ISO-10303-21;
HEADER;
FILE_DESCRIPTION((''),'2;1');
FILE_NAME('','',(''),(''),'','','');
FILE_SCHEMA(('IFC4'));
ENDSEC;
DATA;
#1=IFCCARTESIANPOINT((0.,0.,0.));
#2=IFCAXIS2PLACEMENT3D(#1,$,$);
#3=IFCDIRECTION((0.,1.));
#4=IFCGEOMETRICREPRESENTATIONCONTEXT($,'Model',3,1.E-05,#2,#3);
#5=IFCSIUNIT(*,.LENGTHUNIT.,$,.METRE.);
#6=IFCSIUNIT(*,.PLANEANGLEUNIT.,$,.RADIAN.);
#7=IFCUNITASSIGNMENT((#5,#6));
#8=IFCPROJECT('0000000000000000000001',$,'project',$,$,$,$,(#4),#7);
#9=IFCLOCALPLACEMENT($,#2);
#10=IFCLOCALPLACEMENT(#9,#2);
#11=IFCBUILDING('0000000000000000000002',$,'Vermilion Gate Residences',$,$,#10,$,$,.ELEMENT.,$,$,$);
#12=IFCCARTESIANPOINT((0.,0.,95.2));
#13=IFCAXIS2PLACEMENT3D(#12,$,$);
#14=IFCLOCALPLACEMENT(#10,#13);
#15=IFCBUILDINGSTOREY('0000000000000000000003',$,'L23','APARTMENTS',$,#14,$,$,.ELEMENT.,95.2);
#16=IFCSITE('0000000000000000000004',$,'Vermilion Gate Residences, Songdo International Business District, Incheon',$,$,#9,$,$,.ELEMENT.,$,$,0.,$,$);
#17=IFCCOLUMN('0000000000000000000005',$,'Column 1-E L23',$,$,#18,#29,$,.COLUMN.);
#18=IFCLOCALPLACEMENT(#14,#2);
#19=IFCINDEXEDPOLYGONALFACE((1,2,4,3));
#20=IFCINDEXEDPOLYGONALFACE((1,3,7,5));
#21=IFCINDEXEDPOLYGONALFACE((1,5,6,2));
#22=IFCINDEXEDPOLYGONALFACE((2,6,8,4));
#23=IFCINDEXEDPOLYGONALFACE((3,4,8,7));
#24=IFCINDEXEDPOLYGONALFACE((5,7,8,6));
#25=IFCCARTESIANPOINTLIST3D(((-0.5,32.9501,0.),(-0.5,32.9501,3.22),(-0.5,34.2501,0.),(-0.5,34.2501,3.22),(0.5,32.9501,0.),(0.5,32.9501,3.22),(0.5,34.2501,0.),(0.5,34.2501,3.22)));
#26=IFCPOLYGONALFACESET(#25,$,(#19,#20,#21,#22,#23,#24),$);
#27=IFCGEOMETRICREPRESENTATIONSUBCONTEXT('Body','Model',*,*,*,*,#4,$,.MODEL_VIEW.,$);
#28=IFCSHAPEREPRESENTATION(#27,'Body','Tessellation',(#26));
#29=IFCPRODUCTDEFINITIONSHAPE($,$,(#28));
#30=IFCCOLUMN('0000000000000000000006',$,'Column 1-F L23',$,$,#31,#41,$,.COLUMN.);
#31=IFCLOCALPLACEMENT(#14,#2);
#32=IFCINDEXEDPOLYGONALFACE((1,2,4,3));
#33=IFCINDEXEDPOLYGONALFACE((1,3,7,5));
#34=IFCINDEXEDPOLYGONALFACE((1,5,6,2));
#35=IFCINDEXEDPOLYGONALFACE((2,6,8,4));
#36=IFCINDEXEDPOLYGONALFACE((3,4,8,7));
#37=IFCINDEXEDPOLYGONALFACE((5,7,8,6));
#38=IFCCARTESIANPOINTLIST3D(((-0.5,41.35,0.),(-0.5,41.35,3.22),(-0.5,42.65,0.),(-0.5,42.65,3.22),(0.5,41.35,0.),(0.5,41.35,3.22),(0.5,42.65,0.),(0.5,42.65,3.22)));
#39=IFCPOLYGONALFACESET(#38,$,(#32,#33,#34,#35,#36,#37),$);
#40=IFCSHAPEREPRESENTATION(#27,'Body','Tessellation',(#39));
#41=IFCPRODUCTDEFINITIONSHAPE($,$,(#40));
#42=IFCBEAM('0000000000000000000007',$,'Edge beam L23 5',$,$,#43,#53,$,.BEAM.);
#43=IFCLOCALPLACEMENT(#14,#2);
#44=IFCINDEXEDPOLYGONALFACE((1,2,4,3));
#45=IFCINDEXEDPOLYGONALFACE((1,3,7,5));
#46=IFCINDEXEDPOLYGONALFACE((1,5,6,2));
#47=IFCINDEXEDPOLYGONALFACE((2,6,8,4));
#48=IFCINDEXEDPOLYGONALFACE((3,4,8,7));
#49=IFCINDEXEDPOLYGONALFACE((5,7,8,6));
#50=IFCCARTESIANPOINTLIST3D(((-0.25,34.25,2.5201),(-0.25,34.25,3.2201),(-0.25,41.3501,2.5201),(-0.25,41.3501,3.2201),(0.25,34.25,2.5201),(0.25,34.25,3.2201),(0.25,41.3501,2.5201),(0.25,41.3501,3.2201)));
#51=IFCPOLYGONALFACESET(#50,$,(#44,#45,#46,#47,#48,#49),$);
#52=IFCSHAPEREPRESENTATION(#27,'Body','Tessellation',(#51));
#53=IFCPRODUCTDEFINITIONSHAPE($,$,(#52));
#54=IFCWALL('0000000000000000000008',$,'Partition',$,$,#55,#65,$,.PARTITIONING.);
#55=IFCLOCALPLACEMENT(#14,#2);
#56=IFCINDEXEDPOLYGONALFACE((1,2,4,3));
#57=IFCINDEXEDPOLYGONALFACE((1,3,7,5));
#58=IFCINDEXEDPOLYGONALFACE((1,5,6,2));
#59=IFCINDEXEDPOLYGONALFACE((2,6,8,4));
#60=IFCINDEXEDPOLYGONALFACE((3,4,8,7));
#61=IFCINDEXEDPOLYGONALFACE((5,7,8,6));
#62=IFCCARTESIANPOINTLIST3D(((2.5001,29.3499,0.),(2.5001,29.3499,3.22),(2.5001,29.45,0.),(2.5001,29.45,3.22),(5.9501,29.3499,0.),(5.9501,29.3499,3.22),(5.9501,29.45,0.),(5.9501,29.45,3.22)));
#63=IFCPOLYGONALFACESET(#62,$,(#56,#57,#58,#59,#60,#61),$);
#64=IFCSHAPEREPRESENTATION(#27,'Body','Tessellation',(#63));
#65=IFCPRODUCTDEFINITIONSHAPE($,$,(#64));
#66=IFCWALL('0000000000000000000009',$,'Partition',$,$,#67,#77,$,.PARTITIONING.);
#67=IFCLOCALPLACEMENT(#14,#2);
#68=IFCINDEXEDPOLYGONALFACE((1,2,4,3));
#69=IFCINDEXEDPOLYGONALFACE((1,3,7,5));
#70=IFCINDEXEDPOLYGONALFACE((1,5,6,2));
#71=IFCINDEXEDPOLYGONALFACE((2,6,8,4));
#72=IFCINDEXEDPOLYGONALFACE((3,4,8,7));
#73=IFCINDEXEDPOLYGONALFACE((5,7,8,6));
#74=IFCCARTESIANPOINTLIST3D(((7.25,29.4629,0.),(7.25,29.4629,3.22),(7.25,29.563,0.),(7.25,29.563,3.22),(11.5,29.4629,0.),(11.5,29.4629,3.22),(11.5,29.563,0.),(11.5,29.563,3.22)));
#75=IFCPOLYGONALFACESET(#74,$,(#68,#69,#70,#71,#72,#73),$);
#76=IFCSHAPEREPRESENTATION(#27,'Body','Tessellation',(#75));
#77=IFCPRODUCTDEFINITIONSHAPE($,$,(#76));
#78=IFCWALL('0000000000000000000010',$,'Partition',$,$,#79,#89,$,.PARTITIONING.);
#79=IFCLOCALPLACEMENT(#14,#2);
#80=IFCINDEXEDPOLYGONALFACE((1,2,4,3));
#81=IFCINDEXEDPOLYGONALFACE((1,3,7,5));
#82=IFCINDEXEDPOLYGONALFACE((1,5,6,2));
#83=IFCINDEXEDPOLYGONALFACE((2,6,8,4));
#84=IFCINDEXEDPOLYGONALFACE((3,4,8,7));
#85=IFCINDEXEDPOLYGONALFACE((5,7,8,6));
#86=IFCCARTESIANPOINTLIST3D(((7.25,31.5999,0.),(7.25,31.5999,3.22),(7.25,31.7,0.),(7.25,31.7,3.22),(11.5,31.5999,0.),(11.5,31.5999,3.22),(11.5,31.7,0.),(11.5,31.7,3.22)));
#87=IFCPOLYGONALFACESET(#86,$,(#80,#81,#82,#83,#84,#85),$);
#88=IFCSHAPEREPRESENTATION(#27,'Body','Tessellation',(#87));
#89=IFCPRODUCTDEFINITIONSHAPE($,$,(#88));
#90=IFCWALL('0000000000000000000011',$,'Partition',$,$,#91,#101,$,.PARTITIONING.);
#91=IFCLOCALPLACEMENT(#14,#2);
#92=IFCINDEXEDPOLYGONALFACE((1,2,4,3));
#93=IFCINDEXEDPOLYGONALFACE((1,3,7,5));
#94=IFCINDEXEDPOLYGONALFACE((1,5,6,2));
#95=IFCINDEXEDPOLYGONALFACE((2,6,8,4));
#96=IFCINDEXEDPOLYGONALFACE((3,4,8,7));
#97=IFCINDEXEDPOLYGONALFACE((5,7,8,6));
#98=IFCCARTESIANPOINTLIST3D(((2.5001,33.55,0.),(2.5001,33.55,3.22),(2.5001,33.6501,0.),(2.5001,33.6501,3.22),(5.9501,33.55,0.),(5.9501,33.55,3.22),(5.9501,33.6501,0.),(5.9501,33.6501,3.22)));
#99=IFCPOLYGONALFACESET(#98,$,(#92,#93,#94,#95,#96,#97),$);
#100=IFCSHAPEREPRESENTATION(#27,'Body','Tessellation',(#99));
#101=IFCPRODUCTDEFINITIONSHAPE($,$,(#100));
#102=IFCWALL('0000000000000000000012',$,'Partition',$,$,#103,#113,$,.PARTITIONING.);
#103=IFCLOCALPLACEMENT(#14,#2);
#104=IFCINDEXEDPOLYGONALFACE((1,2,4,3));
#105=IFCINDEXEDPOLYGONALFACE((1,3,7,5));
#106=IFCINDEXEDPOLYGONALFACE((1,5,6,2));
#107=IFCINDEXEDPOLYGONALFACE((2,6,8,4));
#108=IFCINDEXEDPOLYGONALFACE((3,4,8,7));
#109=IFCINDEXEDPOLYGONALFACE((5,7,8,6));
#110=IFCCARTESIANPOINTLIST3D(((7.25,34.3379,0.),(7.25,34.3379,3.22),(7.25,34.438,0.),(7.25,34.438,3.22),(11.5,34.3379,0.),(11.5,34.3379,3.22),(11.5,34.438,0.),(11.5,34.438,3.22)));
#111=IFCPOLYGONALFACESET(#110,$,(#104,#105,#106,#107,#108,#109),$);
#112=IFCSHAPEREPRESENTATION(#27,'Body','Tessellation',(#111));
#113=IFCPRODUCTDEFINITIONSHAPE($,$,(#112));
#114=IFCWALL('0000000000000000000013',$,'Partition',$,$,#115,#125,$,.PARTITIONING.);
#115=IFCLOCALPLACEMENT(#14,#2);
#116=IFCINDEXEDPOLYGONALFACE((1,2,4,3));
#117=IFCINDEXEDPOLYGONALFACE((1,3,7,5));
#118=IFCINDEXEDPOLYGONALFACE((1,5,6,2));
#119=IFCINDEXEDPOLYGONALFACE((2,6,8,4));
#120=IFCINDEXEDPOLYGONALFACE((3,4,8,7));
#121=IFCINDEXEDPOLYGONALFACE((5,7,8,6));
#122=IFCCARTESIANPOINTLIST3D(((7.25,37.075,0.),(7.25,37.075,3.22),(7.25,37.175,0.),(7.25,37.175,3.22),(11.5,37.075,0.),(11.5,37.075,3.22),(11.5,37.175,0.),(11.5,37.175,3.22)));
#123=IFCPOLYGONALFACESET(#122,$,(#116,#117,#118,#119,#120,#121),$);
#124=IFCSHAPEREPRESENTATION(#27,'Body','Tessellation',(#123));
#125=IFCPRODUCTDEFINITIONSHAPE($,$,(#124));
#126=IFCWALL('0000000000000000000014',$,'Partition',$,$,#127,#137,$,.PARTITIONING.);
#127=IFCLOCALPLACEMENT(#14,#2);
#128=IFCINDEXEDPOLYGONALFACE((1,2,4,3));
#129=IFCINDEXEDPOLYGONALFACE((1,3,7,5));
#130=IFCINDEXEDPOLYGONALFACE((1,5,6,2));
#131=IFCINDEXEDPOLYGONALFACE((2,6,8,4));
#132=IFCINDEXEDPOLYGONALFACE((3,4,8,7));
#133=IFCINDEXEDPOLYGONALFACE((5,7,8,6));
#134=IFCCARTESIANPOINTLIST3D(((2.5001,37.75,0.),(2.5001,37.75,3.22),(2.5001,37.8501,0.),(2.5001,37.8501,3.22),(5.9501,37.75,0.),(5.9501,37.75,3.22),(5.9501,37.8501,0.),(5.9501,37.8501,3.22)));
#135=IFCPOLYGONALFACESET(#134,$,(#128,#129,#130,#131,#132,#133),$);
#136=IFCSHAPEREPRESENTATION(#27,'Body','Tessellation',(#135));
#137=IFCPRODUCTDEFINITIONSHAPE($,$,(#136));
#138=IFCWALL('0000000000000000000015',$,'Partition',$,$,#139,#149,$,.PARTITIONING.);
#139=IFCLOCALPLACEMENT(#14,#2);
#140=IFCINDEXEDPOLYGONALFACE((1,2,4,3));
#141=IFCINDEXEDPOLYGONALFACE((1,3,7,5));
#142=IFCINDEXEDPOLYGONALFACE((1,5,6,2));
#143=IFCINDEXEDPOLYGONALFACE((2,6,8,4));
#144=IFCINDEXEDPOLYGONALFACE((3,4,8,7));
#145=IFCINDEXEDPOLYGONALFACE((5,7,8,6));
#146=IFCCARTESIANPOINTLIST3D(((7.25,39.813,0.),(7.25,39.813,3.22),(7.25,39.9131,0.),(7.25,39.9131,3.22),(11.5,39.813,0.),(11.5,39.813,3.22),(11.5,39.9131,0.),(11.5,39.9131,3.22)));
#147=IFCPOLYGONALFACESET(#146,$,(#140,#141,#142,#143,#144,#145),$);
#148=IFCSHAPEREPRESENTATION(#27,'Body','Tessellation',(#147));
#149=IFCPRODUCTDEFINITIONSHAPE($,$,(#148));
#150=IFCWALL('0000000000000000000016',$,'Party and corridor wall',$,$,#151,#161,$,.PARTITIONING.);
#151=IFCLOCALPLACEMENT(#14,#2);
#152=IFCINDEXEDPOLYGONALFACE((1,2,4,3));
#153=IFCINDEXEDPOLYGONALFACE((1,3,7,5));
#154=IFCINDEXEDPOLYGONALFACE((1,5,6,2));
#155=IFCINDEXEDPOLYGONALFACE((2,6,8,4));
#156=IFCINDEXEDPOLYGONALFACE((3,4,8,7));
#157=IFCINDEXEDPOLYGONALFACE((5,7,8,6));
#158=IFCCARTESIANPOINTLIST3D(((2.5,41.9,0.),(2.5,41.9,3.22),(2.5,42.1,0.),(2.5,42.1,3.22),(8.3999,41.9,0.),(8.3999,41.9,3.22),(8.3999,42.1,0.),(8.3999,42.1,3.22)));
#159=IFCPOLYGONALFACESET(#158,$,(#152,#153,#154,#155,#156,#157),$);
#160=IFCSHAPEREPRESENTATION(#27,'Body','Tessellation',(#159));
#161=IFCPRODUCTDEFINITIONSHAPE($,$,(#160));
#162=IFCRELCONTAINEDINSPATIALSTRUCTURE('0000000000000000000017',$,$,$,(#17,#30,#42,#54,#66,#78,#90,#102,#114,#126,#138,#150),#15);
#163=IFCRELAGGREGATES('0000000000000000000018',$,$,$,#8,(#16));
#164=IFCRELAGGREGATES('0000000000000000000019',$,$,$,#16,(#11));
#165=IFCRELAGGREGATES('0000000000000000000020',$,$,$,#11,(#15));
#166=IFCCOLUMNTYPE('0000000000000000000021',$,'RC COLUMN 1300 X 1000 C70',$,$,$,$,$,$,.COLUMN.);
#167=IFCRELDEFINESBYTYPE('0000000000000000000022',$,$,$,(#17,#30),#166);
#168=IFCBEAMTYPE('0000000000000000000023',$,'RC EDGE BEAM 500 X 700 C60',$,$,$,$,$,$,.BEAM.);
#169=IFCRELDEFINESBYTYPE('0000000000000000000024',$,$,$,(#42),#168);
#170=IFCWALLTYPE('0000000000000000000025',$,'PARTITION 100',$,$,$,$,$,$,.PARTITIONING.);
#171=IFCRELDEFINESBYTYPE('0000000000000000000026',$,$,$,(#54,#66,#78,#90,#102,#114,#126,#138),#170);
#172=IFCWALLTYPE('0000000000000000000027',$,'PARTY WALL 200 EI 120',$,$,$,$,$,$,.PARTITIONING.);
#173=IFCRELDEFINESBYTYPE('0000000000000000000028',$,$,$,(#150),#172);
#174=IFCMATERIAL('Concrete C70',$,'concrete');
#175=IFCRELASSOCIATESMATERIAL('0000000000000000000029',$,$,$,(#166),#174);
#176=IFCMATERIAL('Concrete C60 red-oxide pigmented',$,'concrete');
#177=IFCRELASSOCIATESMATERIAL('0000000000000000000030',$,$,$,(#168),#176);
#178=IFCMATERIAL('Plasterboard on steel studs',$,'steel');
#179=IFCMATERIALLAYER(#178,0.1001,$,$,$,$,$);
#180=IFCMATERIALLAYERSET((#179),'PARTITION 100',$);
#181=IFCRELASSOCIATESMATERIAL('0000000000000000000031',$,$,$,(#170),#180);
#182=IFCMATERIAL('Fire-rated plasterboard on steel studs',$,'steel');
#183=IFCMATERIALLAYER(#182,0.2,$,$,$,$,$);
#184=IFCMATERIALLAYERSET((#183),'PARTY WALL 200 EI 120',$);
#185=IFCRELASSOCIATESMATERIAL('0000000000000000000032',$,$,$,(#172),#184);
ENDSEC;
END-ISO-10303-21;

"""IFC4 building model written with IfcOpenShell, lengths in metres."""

from ifc_helpers import new_model, si_unit, direction, frame, frame_2d, origin, origin_2d, place, context, subcontext, project, spatial, rectangle, extrude, material, layer, layer_set, material_profile, profile_set, type_object, element, save


model = new_model("IFC4")

# Units and contexts
model_context = context("Model", 3, precision=1e-05, world=origin(), true_north=direction((0.0, 1.0)))
body_context = subcontext(model_context, "Body", "Model", "MODEL_VIEW")
ifc_project = project(units=[si_unit("LENGTHUNIT", "METRE"), si_unit("PLANEANGLEUNIT", "RADIAN")], contexts=[model_context])

# Site, building, storey
site_placement = place(None, origin())
site = spatial("IfcSite", under=ifc_project, at=site_placement, Name="Vermilion Gate Residences, Songdo International Business District, Incheon", CompositionType="ELEMENT", RefElevation=0.0)
building_placement = place(site_placement, origin())
building = spatial("IfcBuilding", under=site, at=building_placement, Name="Vermilion Gate Residences", CompositionType="ELEMENT")
storey_placement = place(building_placement, frame((0.0, 0.0, 95.2)))
storey = spatial("IfcBuildingStorey", under=building, at=storey_placement, Name="L23", Description="APARTMENTS", CompositionType="ELEMENT", Elevation=95.2)

# Columns
ifc_material_1 = material(Name="Concrete C70", Category="concrete")
ifc_material_profile_1 = material_profile(ifc_material_1, rectangle(XDim=1.3, YDim=1.0, at=origin_2d()), Name="RC-1300x1000")
ifc_profile_set_1 = profile_set([ifc_material_profile_1], Name="Concrete C70")
column_type = type_object("IfcColumnType", Name="RC COLUMN 1300 X 1000 C70", PredefinedType="COLUMN", material=ifc_profile_set_1)
for number, where, z_axis, x_axis, name in (
    (1, (0.0, 33.6001, 0.0), (0.0, 0.0, 1.0), (0.0, 1.0, 0.0), "Column 1-E L23"),
    (2, (0.0, 42.0, 0.0), (0.0, 0.0, 1.0), (0.0, 1.0, 0.0), "Column 1-F L23"),
):
    element("IfcColumn", number, at=place(storey_placement, frame(where, z_axis=z_axis, x_axis=x_axis)), inside=storey, type_object=column_type, Name=name, PredefinedType="COLUMN", context=body_context, shape_type="SweptSolid", body=[
        extrude(rectangle(XDim=1.3, YDim=1.0, at=origin_2d()), origin(), (0.0, 0.0, 1.0), 3.22),
    ])

# Beam
ifc_material_2 = material(Name="Concrete C60 red-oxide pigmented", Category="concrete")
ifc_material_profile_2 = material_profile(ifc_material_2, rectangle(XDim=0.5, YDim=0.7, at=origin_2d()), Name="RC-500x700")
ifc_profile_set_2 = profile_set([ifc_material_profile_2], Name="Concrete C60 red-oxide pigmented")
beam_type = type_object("IfcBeamType", Name="RC EDGE BEAM 500 X 700 C60", PredefinedType="BEAM", material=ifc_profile_set_2)
beam_placement = place(storey_placement, frame((0.0, 34.25, 2.8701), z_axis=(0.0, 1.0, 0.0), x_axis=(-1.0, 0.0, 0.0)))
element("IfcBeam", 3, at=beam_placement, inside=storey, type_object=beam_type, Name="Edge beam L23 5", PredefinedType="BEAM", context=body_context, shape_type="SweptSolid", body=[
    extrude(rectangle(XDim=0.5, YDim=0.7, at=origin_2d()), origin(), (0.0, 0.0, 1.0), 7.1001),
])

# Walls
ifc_material_3 = material(Name="Plasterboard on steel studs", Category="steel")
ifc_layer_1 = layer(ifc_material_3, 0.1001)
ifc_layer_set_1 = layer_set([ifc_layer_1], Name="PARTITION 100")
wall_type_1 = type_object("IfcWallType", Name="PARTITION 100", PredefinedType="PARTITIONING", material=ifc_layer_set_1)
wall_1_placement = place(storey_placement, frame((2.5, 29.3999, 0.0), z_axis=(0.0, 0.0, 1.0), x_axis=(1.0, 0.0, 0.0)))
element("IfcWall", 4, at=wall_1_placement, inside=storey, type_object=wall_type_1, Name="Partition", PredefinedType="PARTITIONING", context=body_context, shape_type="SweptSolid", body=[
    extrude(rectangle(XDim=3.45, YDim=0.1001, at=frame_2d((1.7251, 0.0))), origin(), (0.0, 0.0, 1.0), 3.22),
])
for number, where, z_axis, x_axis, name in (
    (5, (7.25, 29.5129, 0.0), (0.0, 0.0, 1.0), (1.0, 0.0, 0.0), "Partition"),
    (6, (7.25, 31.6499, 0.0), (0.0, 0.0, 1.0), (1.0, 0.0, 0.0), "Partition"),
):
    element("IfcWall", number, at=place(storey_placement, frame(where, z_axis=z_axis, x_axis=x_axis)), inside=storey, type_object=wall_type_1, Name=name, PredefinedType="PARTITIONING", context=body_context, shape_type="SweptSolid", body=[
        extrude(rectangle(XDim=4.25, YDim=0.1001, at=frame_2d((2.125, 0.0))), origin(), (0.0, 0.0, 1.0), 3.22),
    ])
wall_2_placement = place(storey_placement, frame((2.5, 33.6001, 0.0), z_axis=(0.0, 0.0, 1.0), x_axis=(1.0, 0.0, 0.0)))
element("IfcWall", 7, at=wall_2_placement, inside=storey, type_object=wall_type_1, Name="Partition", PredefinedType="PARTITIONING", context=body_context, shape_type="SweptSolid", body=[
    extrude(rectangle(XDim=3.45, YDim=0.1001, at=frame_2d((1.7251, 0.0))), origin(), (0.0, 0.0, 1.0), 3.22),
])
for number, where, z_axis, x_axis, name in (
    (8, (7.25, 34.3879, 0.0), (0.0, 0.0, 1.0), (1.0, 0.0, 0.0), "Partition"),
    (9, (7.25, 37.125, 0.0), (0.0, 0.0, 1.0), (1.0, 0.0, 0.0), "Partition"),
):
    element("IfcWall", number, at=place(storey_placement, frame(where, z_axis=z_axis, x_axis=x_axis)), inside=storey, type_object=wall_type_1, Name=name, PredefinedType="PARTITIONING", context=body_context, shape_type="SweptSolid", body=[
        extrude(rectangle(XDim=4.25, YDim=0.1001, at=frame_2d((2.125, 0.0))), origin(), (0.0, 0.0, 1.0), 3.22),
    ])
wall_3_placement = place(storey_placement, frame((2.5, 37.8, 0.0), z_axis=(0.0, 0.0, 1.0), x_axis=(1.0, 0.0, 0.0)))
element("IfcWall", 10, at=wall_3_placement, inside=storey, type_object=wall_type_1, Name="Partition", PredefinedType="PARTITIONING", context=body_context, shape_type="SweptSolid", body=[
    extrude(rectangle(XDim=3.45, YDim=0.1001, at=frame_2d((1.7251, 0.0))), origin(), (0.0, 0.0, 1.0), 3.22),
])
wall_4_placement = place(storey_placement, frame((7.25, 39.863, 0.0), z_axis=(0.0, 0.0, 1.0), x_axis=(1.0, 0.0, 0.0)))
element("IfcWall", 11, at=wall_4_placement, inside=storey, type_object=wall_type_1, Name="Partition", PredefinedType="PARTITIONING", context=body_context, shape_type="SweptSolid", body=[
    extrude(rectangle(XDim=4.25, YDim=0.1001, at=frame_2d((2.125, 0.0))), origin(), (0.0, 0.0, 1.0), 3.22),
])
ifc_material_4 = material(Name="Fire-rated plasterboard on steel studs", Category="steel")
ifc_layer_2 = layer(ifc_material_4, 0.2)
ifc_layer_set_2 = layer_set([ifc_layer_2], Name="PARTY WALL 200 EI 120")
wall_type_2 = type_object("IfcWallType", Name="PARTY WALL 200 EI 120", PredefinedType="PARTITIONING", material=ifc_layer_set_2)
wall_5_placement = place(storey_placement, frame((2.5, 42.0, 0.0), z_axis=(0.0, 0.0, 1.0), x_axis=(1.0, 0.0, 0.0)))
element("IfcWall", 12, at=wall_5_placement, inside=storey, type_object=wall_type_2, Name="Party and corridor wall", PredefinedType="PARTITIONING", context=body_context, shape_type="SweptSolid", body=[
    extrude(rectangle(XDim=5.8999, YDim=0.2, at=frame_2d((2.95, 0.0))), origin(), (0.0, 0.0, 1.0), 3.22),
])

save(model, "model.ifc")
